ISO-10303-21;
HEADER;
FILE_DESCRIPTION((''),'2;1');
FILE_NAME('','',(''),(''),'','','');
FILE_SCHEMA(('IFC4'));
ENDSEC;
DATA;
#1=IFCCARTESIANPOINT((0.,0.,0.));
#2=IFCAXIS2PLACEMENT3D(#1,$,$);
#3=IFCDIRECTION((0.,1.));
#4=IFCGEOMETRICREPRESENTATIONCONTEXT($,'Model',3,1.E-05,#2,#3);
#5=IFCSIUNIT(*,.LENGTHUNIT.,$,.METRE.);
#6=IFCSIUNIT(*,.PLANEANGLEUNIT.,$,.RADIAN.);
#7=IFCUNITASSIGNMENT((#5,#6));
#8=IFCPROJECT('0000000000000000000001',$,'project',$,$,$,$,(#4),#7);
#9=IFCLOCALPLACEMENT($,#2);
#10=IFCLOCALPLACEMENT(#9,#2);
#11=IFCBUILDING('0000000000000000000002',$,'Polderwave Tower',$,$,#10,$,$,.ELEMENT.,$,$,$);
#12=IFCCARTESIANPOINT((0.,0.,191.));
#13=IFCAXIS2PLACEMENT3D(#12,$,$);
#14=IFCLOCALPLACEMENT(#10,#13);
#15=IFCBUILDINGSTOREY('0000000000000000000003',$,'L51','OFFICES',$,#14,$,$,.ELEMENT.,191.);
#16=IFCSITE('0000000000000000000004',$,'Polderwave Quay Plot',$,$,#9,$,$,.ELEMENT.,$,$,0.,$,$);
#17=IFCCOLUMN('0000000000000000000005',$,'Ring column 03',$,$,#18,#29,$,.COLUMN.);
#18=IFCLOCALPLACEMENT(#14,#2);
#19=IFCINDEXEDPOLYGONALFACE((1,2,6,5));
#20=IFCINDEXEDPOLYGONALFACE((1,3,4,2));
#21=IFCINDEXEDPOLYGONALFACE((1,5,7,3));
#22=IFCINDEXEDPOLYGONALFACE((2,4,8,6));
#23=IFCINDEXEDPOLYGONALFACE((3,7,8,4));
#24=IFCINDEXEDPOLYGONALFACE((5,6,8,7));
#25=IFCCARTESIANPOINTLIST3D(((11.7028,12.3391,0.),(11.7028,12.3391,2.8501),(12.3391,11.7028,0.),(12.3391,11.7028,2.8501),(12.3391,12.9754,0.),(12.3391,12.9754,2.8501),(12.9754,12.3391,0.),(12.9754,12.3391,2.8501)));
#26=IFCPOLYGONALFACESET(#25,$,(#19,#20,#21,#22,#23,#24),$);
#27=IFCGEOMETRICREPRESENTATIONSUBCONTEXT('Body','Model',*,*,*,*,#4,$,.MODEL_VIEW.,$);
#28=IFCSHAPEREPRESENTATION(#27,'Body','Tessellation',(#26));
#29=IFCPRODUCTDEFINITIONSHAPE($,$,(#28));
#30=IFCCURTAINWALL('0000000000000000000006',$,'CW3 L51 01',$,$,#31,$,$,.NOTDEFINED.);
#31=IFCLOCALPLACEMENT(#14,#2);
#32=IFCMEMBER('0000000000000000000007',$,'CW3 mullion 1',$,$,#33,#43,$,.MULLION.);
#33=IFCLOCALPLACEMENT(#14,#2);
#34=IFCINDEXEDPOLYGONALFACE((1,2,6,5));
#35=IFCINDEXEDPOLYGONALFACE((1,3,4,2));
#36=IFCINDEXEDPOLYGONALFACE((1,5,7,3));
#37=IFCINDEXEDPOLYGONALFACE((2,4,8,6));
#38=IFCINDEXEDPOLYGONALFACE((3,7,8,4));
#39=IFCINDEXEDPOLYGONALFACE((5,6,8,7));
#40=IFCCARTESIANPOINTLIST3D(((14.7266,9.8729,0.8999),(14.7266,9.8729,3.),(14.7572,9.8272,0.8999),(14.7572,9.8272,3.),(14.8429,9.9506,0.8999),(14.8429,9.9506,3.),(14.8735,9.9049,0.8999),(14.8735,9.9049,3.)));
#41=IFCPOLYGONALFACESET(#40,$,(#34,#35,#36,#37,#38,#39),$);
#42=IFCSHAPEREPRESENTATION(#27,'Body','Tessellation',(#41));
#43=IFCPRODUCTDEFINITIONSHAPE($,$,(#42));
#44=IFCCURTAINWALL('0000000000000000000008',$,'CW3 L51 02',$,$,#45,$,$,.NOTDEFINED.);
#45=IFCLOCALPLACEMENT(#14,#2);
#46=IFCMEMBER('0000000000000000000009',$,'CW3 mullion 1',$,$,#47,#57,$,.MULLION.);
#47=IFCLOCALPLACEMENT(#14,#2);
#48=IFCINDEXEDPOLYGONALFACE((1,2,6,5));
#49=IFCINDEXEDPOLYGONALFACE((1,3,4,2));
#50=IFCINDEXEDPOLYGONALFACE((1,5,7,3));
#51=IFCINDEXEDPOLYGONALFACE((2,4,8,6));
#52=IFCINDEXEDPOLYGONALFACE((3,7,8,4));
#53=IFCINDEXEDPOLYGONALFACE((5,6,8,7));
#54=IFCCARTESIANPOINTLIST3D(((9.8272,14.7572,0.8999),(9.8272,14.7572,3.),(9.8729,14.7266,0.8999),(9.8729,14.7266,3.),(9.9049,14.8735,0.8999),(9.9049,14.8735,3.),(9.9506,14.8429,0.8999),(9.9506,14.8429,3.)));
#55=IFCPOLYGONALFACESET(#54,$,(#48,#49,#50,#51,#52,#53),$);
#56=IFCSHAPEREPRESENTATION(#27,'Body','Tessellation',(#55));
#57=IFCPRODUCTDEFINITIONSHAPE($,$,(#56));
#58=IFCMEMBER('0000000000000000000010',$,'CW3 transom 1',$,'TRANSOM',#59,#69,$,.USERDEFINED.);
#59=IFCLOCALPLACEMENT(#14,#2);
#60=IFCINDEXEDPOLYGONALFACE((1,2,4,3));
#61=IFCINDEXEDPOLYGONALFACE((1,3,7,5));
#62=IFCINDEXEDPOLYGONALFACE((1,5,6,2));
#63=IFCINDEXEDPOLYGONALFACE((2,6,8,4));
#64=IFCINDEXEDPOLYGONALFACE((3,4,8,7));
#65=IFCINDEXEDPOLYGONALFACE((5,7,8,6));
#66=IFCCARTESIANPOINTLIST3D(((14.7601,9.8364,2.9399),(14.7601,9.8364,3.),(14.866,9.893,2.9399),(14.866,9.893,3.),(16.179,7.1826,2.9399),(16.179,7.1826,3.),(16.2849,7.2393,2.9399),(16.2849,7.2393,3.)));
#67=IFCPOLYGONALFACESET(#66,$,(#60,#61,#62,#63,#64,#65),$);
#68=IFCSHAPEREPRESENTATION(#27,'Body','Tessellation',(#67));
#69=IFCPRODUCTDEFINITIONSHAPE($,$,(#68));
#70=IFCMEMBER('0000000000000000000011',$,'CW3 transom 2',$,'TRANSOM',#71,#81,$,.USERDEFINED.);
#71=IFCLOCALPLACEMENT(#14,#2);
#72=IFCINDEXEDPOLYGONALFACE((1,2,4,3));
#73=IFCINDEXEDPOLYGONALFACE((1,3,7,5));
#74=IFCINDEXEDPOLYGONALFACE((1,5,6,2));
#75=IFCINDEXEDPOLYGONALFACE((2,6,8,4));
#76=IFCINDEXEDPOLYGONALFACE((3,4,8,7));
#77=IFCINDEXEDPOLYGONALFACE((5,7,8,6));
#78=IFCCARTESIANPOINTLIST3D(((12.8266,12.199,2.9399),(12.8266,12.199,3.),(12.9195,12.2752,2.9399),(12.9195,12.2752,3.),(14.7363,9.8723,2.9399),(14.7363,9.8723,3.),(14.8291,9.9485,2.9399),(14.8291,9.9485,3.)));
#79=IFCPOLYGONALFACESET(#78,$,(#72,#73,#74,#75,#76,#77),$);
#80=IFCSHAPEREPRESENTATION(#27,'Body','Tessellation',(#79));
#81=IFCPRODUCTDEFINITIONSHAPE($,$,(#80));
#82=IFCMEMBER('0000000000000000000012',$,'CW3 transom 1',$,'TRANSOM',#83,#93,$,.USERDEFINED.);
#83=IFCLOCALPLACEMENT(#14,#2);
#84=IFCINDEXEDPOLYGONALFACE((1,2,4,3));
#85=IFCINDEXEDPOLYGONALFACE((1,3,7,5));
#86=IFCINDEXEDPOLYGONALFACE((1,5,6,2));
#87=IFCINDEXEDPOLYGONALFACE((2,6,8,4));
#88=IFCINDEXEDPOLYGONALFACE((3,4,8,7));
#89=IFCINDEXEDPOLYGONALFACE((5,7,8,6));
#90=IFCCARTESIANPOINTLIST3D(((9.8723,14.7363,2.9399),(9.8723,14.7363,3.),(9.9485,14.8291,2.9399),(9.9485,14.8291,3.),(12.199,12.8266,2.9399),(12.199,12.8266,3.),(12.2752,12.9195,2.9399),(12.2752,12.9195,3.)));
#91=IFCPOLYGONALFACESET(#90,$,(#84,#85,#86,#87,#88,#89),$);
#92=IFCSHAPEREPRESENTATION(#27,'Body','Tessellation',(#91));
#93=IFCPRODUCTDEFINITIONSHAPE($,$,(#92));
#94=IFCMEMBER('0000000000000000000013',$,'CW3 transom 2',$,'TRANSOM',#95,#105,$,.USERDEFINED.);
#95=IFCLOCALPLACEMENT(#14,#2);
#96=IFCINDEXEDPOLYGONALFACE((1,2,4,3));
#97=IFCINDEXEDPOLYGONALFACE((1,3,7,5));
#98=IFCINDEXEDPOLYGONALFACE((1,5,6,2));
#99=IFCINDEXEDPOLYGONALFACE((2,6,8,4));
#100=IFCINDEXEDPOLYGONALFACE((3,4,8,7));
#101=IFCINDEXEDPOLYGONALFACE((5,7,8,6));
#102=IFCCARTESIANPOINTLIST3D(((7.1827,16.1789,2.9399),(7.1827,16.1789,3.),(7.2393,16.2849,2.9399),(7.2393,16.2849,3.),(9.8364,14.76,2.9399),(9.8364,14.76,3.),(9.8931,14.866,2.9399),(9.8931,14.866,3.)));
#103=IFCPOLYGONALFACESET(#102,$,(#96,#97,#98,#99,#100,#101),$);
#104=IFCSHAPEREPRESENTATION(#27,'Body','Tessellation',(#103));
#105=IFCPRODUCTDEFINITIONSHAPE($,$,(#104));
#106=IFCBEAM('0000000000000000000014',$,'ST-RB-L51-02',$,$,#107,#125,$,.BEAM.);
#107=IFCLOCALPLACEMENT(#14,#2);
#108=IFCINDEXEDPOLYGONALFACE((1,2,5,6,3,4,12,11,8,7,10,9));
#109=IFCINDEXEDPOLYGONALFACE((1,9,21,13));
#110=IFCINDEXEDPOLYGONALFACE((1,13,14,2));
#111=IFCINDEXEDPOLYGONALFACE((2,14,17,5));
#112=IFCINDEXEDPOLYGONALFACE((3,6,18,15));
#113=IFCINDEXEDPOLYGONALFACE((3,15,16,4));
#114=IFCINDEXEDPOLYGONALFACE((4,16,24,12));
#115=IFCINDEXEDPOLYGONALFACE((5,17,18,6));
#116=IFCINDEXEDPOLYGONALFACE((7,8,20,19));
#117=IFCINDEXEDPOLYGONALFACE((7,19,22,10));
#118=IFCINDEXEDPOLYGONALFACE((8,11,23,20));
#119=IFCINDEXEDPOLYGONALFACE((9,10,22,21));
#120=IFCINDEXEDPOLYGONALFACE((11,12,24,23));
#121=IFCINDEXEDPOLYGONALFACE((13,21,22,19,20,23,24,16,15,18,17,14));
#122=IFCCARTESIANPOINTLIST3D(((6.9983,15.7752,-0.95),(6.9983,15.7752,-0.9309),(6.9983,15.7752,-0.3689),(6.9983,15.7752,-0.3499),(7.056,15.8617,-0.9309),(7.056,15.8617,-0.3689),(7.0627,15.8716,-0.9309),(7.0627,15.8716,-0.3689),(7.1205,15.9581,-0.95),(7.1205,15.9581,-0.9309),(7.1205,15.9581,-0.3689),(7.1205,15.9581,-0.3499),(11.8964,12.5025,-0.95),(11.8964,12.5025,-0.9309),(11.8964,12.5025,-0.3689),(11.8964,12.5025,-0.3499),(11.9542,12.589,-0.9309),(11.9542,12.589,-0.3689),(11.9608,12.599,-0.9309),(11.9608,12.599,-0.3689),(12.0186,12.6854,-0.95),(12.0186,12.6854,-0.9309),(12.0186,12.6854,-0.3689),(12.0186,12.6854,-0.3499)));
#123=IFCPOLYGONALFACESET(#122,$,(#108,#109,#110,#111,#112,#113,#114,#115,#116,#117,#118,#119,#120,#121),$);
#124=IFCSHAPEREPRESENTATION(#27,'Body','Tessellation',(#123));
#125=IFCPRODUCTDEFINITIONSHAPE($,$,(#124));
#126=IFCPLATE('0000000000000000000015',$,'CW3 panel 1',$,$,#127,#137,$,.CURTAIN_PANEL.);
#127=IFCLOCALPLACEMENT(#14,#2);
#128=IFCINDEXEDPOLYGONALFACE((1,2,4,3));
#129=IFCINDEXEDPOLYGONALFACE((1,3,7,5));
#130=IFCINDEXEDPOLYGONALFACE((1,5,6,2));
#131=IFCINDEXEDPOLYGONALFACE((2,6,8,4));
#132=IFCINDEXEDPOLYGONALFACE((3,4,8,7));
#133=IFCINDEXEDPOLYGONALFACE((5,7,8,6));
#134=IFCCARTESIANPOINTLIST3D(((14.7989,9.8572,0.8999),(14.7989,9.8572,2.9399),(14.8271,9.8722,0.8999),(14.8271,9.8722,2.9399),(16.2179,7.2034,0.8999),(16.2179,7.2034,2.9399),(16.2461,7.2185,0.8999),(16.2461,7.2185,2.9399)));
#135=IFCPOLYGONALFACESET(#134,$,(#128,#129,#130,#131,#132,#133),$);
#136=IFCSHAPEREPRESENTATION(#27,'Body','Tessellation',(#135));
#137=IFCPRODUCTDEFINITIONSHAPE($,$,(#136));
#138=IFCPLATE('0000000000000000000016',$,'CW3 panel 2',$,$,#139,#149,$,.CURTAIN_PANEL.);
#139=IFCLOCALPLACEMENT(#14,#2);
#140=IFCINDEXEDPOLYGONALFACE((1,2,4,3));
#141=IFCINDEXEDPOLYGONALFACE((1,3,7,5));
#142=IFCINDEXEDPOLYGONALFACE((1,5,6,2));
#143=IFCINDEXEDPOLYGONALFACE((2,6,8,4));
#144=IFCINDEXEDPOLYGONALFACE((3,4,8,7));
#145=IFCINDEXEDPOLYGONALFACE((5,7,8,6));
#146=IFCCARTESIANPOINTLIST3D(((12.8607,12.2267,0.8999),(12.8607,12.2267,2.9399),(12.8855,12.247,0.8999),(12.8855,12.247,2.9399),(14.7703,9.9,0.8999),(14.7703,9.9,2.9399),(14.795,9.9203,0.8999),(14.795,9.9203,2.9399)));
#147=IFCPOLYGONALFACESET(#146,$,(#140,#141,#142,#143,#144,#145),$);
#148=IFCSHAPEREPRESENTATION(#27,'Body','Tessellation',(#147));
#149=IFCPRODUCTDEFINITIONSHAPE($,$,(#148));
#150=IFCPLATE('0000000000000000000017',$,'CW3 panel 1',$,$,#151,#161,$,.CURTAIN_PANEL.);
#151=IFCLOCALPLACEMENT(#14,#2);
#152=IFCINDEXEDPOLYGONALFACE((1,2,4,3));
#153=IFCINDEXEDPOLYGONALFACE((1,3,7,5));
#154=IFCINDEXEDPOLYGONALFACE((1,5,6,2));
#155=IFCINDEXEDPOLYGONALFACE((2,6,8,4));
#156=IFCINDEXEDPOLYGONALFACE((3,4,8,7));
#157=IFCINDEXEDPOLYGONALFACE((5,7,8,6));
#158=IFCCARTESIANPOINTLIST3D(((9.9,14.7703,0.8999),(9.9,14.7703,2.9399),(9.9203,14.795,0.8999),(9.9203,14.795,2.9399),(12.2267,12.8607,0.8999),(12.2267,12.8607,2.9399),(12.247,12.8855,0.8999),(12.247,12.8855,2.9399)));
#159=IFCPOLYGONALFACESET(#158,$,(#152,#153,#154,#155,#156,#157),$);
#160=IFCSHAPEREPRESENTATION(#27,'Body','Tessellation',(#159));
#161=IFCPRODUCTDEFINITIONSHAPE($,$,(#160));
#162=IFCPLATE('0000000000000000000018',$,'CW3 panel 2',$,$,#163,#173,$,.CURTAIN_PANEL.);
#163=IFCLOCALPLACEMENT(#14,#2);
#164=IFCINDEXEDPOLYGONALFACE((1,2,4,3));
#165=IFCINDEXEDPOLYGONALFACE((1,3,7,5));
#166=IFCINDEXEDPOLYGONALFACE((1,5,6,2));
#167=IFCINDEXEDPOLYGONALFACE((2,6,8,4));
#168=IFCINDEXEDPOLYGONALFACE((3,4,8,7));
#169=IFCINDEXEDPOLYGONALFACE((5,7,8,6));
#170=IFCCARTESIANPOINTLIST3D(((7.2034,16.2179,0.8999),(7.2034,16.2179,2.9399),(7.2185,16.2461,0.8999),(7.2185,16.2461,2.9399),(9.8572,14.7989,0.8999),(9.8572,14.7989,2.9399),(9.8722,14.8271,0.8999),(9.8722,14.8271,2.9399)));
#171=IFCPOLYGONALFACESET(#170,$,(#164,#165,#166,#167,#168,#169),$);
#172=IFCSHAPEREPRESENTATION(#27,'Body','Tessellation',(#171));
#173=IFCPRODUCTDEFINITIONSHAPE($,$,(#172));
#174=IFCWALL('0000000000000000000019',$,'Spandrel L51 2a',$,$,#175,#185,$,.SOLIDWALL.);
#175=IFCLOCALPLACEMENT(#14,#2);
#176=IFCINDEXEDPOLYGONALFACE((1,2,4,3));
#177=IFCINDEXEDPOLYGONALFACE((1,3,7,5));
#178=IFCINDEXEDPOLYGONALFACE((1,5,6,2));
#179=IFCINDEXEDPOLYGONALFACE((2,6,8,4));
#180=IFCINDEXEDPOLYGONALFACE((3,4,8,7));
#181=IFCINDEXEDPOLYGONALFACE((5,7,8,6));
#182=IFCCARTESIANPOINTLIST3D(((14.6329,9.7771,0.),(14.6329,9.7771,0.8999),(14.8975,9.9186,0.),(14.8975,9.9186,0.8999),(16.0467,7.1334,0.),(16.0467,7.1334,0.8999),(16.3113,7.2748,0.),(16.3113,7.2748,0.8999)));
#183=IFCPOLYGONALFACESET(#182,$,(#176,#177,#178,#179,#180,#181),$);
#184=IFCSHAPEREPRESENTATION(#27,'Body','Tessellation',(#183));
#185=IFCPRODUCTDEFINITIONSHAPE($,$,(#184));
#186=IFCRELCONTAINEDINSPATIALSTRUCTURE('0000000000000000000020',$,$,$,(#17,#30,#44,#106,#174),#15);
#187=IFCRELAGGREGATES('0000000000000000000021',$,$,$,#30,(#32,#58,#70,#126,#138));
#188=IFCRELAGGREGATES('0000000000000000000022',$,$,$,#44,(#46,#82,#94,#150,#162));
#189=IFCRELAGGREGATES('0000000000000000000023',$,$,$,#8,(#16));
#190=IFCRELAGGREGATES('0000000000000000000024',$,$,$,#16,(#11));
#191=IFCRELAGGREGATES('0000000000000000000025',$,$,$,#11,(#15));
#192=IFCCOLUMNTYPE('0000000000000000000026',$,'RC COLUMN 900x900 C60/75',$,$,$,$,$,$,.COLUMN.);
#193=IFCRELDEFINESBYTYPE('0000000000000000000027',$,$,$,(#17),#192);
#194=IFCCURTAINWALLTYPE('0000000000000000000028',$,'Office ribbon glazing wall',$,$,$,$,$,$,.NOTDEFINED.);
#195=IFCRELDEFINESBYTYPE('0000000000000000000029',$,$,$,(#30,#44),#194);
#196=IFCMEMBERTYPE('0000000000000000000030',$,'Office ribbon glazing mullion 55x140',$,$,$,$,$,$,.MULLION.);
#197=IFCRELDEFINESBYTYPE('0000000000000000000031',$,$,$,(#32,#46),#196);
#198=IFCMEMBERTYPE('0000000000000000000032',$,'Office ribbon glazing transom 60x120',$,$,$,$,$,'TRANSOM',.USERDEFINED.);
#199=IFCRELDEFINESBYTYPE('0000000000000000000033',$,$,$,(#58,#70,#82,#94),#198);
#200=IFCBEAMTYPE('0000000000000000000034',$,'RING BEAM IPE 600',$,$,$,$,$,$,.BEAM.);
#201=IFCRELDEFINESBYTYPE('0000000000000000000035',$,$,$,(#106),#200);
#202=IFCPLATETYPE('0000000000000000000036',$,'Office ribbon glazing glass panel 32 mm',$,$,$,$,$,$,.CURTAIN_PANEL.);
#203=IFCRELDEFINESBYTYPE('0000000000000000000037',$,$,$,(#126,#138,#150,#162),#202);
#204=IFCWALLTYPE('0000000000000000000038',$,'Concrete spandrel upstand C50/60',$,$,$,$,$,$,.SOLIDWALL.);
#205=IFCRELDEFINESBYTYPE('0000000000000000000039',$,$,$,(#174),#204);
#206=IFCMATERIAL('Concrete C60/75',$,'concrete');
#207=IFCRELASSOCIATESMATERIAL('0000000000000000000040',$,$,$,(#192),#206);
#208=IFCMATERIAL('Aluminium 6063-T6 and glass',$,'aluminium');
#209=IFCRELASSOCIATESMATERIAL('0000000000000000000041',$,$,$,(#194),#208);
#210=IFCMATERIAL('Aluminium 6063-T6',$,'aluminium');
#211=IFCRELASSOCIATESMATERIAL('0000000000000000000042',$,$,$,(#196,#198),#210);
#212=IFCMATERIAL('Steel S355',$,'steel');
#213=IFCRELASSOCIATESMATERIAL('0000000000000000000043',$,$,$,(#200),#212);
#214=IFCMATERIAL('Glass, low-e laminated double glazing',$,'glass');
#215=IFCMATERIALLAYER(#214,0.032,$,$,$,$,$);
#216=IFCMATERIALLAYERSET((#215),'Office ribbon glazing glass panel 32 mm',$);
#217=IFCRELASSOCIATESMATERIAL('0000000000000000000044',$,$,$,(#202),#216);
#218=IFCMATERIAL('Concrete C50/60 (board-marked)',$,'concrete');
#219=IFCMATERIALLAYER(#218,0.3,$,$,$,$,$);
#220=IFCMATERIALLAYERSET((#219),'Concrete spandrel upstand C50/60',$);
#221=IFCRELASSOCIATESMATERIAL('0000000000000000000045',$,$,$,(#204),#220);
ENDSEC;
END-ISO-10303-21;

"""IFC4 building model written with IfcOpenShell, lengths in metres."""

from ifc_helpers import new_model, si_unit, direction, frame, frame_2d, origin, origin_2d, place, context, subcontext, project, spatial, rectangle, i_section, extrude, material, layer, layer_set, material_profile, profile_set, type_object, element, aggregate, save


model = new_model("IFC4")

# Units and contexts
model_context = context("Model", 3, precision=1e-05, world=origin(), true_north=direction((0.0, 1.0)))
body_context = subcontext(model_context, "Body", "Model", "MODEL_VIEW")
ifc_project = project(units=[si_unit("LENGTHUNIT", "METRE"), si_unit("PLANEANGLEUNIT", "RADIAN")], contexts=[model_context])

# Site, building, storey
site_placement = place(None, origin())
site = spatial("IfcSite", under=ifc_project, at=site_placement, Name="Polderwave Quay Plot", CompositionType="ELEMENT", RefElevation=0.0)
building_placement = place(site_placement, origin())
building = spatial("IfcBuilding", under=site, at=building_placement, Name="Polderwave Tower", CompositionType="ELEMENT")
storey_placement = place(building_placement, frame((0.0, 0.0, 191.0)))
storey = spatial("IfcBuildingStorey", under=building, at=storey_placement, Name="L51", Description="OFFICES", CompositionType="ELEMENT", Elevation=191.0)

# Column
ifc_material_1 = material(Name="Concrete C60/75", Category="concrete")
ifc_material_profile_1 = material_profile(ifc_material_1, rectangle(XDim=0.8999, YDim=0.8999, at=origin_2d()), Name="RC 900x900")
ifc_profile_set_1 = profile_set([ifc_material_profile_1], Name="Concrete C60/75")
column_type = type_object("IfcColumnType", Name="RC COLUMN 900x900 C60/75", PredefinedType="COLUMN", material=ifc_profile_set_1)
column_placement = place(storey_placement, frame((12.3391, 12.3391, 0.0), z_axis=(0.0, 0.0, 1.0), x_axis=(0.707107, 0.707107, 0.0)))
element("IfcColumn", 1, at=column_placement, inside=storey, type_object=column_type, Name="Ring column 03", PredefinedType="COLUMN", context=body_context, shape_type="SweptSolid", body=[
    extrude(rectangle(XDim=0.8999, YDim=0.8999, at=origin_2d()), origin(), (0.0, 0.0, 1.0), 2.8501),
])

# Curtain walls, members
ifc_material_2 = material(Name="Aluminium 6063-T6 and glass", Category="aluminium")
curtain_wall_type = type_object("IfcCurtainWallType", Name="Office ribbon glazing wall", PredefinedType="NOTDEFINED", material=ifc_material_2)
curtain_wall_1_placement = place(storey_placement, origin())
curtain_wall_1 = element("IfcCurtainWall", 2, at=curtain_wall_1_placement, inside=storey, type_object=curtain_wall_type, Name="CW3 L51 01", PredefinedType="NOTDEFINED")
ifc_material_3 = material(Name="Aluminium 6063-T6", Category="aluminium")
ifc_material_profile_2 = material_profile(ifc_material_3, rectangle(XDim=0.1399, YDim=0.0549, at=origin_2d()), Name="AL 55x140")
ifc_profile_set_2 = profile_set([ifc_material_profile_2], Name="Aluminium 6063-T6")
member_type_1 = type_object("IfcMemberType", Name="Office ribbon glazing mullion 55x140", PredefinedType="MULLION", material=ifc_profile_set_2)
member_1_placement = place(storey_placement, frame((14.8, 9.8889, 0.8999), z_axis=(0.0, 0.0, 1.0), x_axis=(-0.831419, -0.555646, 0.0)))
member_1 = element("IfcMember", 3, at=member_1_placement, type_object=member_type_1, Name="CW3 mullion 1", PredefinedType="MULLION", context=body_context, shape_type="SweptSolid", body=[
    extrude(rectangle(XDim=0.1399, YDim=0.0549, at=origin_2d()), origin(), (0.0, 0.0, 1.0), 2.1001),
])
curtain_wall_2_placement = place(storey_placement, origin())
curtain_wall_2 = element("IfcCurtainWall", 4, at=curtain_wall_2_placement, inside=storey, type_object=curtain_wall_type, Name="CW3 L51 02", PredefinedType="NOTDEFINED")
member_2_placement = place(storey_placement, frame((9.8889, 14.8, 0.8999), z_axis=(0.0, 0.0, 1.0), x_axis=(-0.555646, -0.831419, 0.0)))
member_2 = element("IfcMember", 5, at=member_2_placement, type_object=member_type_1, Name="CW3 mullion 1", PredefinedType="MULLION", context=body_context, shape_type="SweptSolid", body=[
    extrude(rectangle(XDim=0.1399, YDim=0.0549, at=origin_2d()), origin(), (0.0, 0.0, 1.0), 2.1001),
])

# Members
ifc_material_profile_3 = material_profile(ifc_material_3, rectangle(XDim=0.1201, YDim=0.0601, at=origin_2d()), Name="AL 60x120")
ifc_profile_set_3 = profile_set([ifc_material_profile_3], Name="Aluminium 6063-T6")
member_type_2 = type_object("IfcMemberType", Name="Office ribbon glazing transom 60x120", ElementType="TRANSOM", PredefinedType="USERDEFINED", material=ifc_profile_set_3)
member_3_placement = place(storey_placement, frame((16.2319, 7.2109, 2.97), z_axis=(-0.471514, 0.881858, 0.0), x_axis=(-0.881858, -0.471514, 0.0)))
member_3 = element("IfcMember", 6, at=member_3_placement, type_object=member_type_2, Name="CW3 transom 1", ObjectType="TRANSOM", PredefinedType="USERDEFINED", context=body_context, shape_type="SweptSolid", body=[
    extrude(rectangle(XDim=0.1201, YDim=0.0601, at=origin_2d()), origin(), (0.0, 0.0, 1.0), 3.0093),
])
member_4_placement = place(storey_placement, frame((14.7827, 9.9104, 2.97), z_axis=(-0.634438, 0.772973, 0.0), x_axis=(-0.772973, -0.634438, 0.0)))
member_4 = element("IfcMember", 7, at=member_4_placement, type_object=member_type_2, Name="CW3 transom 2", ObjectType="TRANSOM", PredefinedType="USERDEFINED", context=body_context, shape_type="SweptSolid", body=[
    extrude(rectangle(XDim=0.1201, YDim=0.0601, at=origin_2d()), origin(), (0.0, 0.0, 1.0), 3.01),
])
member_5_placement = place(storey_placement, frame((12.2371, 12.873, 2.97), z_axis=(-0.772973, 0.634438, 0.0), x_axis=(-0.634438, -0.772973, 0.0)))
member_5 = element("IfcMember", 8, at=member_5_placement, type_object=member_type_2, Name="CW3 transom 1", ObjectType="TRANSOM", PredefinedType="USERDEFINED", context=body_context, shape_type="SweptSolid", body=[
    extrude(rectangle(XDim=0.1201, YDim=0.0601, at=origin_2d()), origin(), (0.0, 0.0, 1.0), 3.01),
])
member_6_placement = place(storey_placement, frame((9.8647, 14.813, 2.97), z_axis=(-0.881858, 0.471514, 0.0), x_axis=(-0.471514, -0.881858, 0.0)))
member_6 = element("IfcMember", 9, at=member_6_placement, type_object=member_type_2, Name="CW3 transom 2", ObjectType="TRANSOM", PredefinedType="USERDEFINED", context=body_context, shape_type="SweptSolid", body=[
    extrude(rectangle(XDim=0.1201, YDim=0.0601, at=origin_2d()), origin(), (0.0, 0.0, 1.0), 3.0093),
])

# Beam
ifc_material_4 = material(Name="Steel S355", Category="steel")
ifc_material_profile_4 = material_profile(ifc_material_4, i_section(OverallWidth=0.22, OverallDepth=0.6001, WebThickness=0.012, FlangeThickness=0.019, at=origin_2d()), Name="IPE 600")
ifc_profile_set_4 = profile_set([ifc_material_profile_4], Name="Steel S355")
beam_type = type_object("IfcBeamType", Name="RING BEAM IPE 600", PredefinedType="BEAM", material=ifc_profile_set_4)
beam_placement = place(storey_placement, frame((11.9575, 12.594, -0.6499), z_axis=(-0.831482, 0.555551, 0.0), x_axis=(-0.555551, -0.831482, 0.0)))
element("IfcBeam", 10, at=beam_placement, inside=storey, type_object=beam_type, Name="ST-RB-L51-02", PredefinedType="BEAM", context=body_context, shape_type="SweptSolid", body=[
    extrude(i_section(OverallWidth=0.22, OverallDepth=0.6001, WebThickness=0.012, FlangeThickness=0.019, at=origin_2d()), origin(), (0.0, 0.0, 1.0), 5.8909),
])

# Plates
ifc_material_5 = material(Name="Glass, low-e laminated double glazing", Category="glass")
ifc_layer_1 = layer(ifc_material_5, 0.032)
ifc_layer_set_1 = layer_set([ifc_layer_1], Name="Office ribbon glazing glass panel 32 mm")
plate_type = type_object("IfcPlateType", Name="Office ribbon glazing glass panel 32 mm", PredefinedType="CURTAIN_PANEL", material=ifc_layer_set_1)
plate_1_placement = place(storey_placement, frame((15.5225, 8.5378, 0.8999), z_axis=(0.0, 0.0, 1.0), x_axis=(-0.471544, 0.881842, 0.0)))
plate_1 = element("IfcPlate", 11, at=plate_1_placement, type_object=plate_type, Name="CW3 panel 1", PredefinedType="CURTAIN_PANEL", context=body_context, shape_type="SweptSolid", body=[
    extrude(rectangle(XDim=3.0093, YDim=0.032, at=origin_2d()), origin(), (0.0, 0.0, 1.0), 2.04),
])
plate_2_placement = place(storey_placement, frame((13.8279, 11.0735, 0.8999), z_axis=(0.0, 0.0, 1.0), x_axis=(-0.634403, 0.773003, 0.0)))
plate_2 = element("IfcPlate", 12, at=plate_2_placement, type_object=plate_type, Name="CW3 panel 2", PredefinedType="CURTAIN_PANEL", context=body_context, shape_type="SweptSolid", body=[
    extrude(rectangle(XDim=3.01, YDim=0.032, at=origin_2d()), origin(), (0.0, 0.0, 1.0), 2.04),
])
aggregate(curtain_wall_1, [member_1, member_3, member_4, plate_1, plate_2])
plate_3_placement = place(storey_placement, frame((11.0735, 13.8279, 0.8999), z_axis=(0.0, 0.0, 1.0), x_axis=(-0.773003, 0.634403, 0.0)))
plate_3 = element("IfcPlate", 13, at=plate_3_placement, type_object=plate_type, Name="CW3 panel 1", PredefinedType="CURTAIN_PANEL", context=body_context, shape_type="SweptSolid", body=[
    extrude(rectangle(XDim=3.01, YDim=0.032, at=origin_2d()), origin(), (0.0, 0.0, 1.0), 2.04),
])
plate_4_placement = place(storey_placement, frame((8.5378, 15.5225, 0.8999), z_axis=(0.0, 0.0, 1.0), x_axis=(-0.881842, 0.471544, 0.0)))
plate_4 = element("IfcPlate", 14, at=plate_4_placement, type_object=plate_type, Name="CW3 panel 2", PredefinedType="CURTAIN_PANEL", context=body_context, shape_type="SweptSolid", body=[
    extrude(rectangle(XDim=3.0093, YDim=0.032, at=origin_2d()), origin(), (0.0, 0.0, 1.0), 2.04),
])
aggregate(curtain_wall_2, [member_2, member_5, member_6, plate_3, plate_4])

# Wall
ifc_material_6 = material(Name="Concrete C50/60 (board-marked)", Category="concrete")
ifc_layer_2 = layer(ifc_material_6, 0.3)
ifc_layer_set_2 = layer_set([ifc_layer_2], Name="Concrete spandrel upstand C50/60")
wall_type_1 = type_object("IfcWallType", Name="Concrete spandrel upstand C50/60", PredefinedType="SOLIDWALL", material=ifc_layer_set_2)
wall_1_placement = place(storey_placement, frame((16.179, 7.2041, 0.0), z_axis=(0.0, 0.0, 1.0), x_axis=(-0.471573, 0.881827, 0.0)))
element("IfcWall", 15, at=wall_1_placement, inside=storey, type_object=wall_type_1, Name="Spandrel L51 2a", PredefinedType="SOLIDWALL", context=body_context, shape_type="SweptSolid", body=[
    extrude(rectangle(XDim=2.998, YDim=0.3, at=frame_2d((1.499, 0.0))), origin(), (0.0, 0.0, 1.0), 0.8999),
])

save(model, "model.ifc")
